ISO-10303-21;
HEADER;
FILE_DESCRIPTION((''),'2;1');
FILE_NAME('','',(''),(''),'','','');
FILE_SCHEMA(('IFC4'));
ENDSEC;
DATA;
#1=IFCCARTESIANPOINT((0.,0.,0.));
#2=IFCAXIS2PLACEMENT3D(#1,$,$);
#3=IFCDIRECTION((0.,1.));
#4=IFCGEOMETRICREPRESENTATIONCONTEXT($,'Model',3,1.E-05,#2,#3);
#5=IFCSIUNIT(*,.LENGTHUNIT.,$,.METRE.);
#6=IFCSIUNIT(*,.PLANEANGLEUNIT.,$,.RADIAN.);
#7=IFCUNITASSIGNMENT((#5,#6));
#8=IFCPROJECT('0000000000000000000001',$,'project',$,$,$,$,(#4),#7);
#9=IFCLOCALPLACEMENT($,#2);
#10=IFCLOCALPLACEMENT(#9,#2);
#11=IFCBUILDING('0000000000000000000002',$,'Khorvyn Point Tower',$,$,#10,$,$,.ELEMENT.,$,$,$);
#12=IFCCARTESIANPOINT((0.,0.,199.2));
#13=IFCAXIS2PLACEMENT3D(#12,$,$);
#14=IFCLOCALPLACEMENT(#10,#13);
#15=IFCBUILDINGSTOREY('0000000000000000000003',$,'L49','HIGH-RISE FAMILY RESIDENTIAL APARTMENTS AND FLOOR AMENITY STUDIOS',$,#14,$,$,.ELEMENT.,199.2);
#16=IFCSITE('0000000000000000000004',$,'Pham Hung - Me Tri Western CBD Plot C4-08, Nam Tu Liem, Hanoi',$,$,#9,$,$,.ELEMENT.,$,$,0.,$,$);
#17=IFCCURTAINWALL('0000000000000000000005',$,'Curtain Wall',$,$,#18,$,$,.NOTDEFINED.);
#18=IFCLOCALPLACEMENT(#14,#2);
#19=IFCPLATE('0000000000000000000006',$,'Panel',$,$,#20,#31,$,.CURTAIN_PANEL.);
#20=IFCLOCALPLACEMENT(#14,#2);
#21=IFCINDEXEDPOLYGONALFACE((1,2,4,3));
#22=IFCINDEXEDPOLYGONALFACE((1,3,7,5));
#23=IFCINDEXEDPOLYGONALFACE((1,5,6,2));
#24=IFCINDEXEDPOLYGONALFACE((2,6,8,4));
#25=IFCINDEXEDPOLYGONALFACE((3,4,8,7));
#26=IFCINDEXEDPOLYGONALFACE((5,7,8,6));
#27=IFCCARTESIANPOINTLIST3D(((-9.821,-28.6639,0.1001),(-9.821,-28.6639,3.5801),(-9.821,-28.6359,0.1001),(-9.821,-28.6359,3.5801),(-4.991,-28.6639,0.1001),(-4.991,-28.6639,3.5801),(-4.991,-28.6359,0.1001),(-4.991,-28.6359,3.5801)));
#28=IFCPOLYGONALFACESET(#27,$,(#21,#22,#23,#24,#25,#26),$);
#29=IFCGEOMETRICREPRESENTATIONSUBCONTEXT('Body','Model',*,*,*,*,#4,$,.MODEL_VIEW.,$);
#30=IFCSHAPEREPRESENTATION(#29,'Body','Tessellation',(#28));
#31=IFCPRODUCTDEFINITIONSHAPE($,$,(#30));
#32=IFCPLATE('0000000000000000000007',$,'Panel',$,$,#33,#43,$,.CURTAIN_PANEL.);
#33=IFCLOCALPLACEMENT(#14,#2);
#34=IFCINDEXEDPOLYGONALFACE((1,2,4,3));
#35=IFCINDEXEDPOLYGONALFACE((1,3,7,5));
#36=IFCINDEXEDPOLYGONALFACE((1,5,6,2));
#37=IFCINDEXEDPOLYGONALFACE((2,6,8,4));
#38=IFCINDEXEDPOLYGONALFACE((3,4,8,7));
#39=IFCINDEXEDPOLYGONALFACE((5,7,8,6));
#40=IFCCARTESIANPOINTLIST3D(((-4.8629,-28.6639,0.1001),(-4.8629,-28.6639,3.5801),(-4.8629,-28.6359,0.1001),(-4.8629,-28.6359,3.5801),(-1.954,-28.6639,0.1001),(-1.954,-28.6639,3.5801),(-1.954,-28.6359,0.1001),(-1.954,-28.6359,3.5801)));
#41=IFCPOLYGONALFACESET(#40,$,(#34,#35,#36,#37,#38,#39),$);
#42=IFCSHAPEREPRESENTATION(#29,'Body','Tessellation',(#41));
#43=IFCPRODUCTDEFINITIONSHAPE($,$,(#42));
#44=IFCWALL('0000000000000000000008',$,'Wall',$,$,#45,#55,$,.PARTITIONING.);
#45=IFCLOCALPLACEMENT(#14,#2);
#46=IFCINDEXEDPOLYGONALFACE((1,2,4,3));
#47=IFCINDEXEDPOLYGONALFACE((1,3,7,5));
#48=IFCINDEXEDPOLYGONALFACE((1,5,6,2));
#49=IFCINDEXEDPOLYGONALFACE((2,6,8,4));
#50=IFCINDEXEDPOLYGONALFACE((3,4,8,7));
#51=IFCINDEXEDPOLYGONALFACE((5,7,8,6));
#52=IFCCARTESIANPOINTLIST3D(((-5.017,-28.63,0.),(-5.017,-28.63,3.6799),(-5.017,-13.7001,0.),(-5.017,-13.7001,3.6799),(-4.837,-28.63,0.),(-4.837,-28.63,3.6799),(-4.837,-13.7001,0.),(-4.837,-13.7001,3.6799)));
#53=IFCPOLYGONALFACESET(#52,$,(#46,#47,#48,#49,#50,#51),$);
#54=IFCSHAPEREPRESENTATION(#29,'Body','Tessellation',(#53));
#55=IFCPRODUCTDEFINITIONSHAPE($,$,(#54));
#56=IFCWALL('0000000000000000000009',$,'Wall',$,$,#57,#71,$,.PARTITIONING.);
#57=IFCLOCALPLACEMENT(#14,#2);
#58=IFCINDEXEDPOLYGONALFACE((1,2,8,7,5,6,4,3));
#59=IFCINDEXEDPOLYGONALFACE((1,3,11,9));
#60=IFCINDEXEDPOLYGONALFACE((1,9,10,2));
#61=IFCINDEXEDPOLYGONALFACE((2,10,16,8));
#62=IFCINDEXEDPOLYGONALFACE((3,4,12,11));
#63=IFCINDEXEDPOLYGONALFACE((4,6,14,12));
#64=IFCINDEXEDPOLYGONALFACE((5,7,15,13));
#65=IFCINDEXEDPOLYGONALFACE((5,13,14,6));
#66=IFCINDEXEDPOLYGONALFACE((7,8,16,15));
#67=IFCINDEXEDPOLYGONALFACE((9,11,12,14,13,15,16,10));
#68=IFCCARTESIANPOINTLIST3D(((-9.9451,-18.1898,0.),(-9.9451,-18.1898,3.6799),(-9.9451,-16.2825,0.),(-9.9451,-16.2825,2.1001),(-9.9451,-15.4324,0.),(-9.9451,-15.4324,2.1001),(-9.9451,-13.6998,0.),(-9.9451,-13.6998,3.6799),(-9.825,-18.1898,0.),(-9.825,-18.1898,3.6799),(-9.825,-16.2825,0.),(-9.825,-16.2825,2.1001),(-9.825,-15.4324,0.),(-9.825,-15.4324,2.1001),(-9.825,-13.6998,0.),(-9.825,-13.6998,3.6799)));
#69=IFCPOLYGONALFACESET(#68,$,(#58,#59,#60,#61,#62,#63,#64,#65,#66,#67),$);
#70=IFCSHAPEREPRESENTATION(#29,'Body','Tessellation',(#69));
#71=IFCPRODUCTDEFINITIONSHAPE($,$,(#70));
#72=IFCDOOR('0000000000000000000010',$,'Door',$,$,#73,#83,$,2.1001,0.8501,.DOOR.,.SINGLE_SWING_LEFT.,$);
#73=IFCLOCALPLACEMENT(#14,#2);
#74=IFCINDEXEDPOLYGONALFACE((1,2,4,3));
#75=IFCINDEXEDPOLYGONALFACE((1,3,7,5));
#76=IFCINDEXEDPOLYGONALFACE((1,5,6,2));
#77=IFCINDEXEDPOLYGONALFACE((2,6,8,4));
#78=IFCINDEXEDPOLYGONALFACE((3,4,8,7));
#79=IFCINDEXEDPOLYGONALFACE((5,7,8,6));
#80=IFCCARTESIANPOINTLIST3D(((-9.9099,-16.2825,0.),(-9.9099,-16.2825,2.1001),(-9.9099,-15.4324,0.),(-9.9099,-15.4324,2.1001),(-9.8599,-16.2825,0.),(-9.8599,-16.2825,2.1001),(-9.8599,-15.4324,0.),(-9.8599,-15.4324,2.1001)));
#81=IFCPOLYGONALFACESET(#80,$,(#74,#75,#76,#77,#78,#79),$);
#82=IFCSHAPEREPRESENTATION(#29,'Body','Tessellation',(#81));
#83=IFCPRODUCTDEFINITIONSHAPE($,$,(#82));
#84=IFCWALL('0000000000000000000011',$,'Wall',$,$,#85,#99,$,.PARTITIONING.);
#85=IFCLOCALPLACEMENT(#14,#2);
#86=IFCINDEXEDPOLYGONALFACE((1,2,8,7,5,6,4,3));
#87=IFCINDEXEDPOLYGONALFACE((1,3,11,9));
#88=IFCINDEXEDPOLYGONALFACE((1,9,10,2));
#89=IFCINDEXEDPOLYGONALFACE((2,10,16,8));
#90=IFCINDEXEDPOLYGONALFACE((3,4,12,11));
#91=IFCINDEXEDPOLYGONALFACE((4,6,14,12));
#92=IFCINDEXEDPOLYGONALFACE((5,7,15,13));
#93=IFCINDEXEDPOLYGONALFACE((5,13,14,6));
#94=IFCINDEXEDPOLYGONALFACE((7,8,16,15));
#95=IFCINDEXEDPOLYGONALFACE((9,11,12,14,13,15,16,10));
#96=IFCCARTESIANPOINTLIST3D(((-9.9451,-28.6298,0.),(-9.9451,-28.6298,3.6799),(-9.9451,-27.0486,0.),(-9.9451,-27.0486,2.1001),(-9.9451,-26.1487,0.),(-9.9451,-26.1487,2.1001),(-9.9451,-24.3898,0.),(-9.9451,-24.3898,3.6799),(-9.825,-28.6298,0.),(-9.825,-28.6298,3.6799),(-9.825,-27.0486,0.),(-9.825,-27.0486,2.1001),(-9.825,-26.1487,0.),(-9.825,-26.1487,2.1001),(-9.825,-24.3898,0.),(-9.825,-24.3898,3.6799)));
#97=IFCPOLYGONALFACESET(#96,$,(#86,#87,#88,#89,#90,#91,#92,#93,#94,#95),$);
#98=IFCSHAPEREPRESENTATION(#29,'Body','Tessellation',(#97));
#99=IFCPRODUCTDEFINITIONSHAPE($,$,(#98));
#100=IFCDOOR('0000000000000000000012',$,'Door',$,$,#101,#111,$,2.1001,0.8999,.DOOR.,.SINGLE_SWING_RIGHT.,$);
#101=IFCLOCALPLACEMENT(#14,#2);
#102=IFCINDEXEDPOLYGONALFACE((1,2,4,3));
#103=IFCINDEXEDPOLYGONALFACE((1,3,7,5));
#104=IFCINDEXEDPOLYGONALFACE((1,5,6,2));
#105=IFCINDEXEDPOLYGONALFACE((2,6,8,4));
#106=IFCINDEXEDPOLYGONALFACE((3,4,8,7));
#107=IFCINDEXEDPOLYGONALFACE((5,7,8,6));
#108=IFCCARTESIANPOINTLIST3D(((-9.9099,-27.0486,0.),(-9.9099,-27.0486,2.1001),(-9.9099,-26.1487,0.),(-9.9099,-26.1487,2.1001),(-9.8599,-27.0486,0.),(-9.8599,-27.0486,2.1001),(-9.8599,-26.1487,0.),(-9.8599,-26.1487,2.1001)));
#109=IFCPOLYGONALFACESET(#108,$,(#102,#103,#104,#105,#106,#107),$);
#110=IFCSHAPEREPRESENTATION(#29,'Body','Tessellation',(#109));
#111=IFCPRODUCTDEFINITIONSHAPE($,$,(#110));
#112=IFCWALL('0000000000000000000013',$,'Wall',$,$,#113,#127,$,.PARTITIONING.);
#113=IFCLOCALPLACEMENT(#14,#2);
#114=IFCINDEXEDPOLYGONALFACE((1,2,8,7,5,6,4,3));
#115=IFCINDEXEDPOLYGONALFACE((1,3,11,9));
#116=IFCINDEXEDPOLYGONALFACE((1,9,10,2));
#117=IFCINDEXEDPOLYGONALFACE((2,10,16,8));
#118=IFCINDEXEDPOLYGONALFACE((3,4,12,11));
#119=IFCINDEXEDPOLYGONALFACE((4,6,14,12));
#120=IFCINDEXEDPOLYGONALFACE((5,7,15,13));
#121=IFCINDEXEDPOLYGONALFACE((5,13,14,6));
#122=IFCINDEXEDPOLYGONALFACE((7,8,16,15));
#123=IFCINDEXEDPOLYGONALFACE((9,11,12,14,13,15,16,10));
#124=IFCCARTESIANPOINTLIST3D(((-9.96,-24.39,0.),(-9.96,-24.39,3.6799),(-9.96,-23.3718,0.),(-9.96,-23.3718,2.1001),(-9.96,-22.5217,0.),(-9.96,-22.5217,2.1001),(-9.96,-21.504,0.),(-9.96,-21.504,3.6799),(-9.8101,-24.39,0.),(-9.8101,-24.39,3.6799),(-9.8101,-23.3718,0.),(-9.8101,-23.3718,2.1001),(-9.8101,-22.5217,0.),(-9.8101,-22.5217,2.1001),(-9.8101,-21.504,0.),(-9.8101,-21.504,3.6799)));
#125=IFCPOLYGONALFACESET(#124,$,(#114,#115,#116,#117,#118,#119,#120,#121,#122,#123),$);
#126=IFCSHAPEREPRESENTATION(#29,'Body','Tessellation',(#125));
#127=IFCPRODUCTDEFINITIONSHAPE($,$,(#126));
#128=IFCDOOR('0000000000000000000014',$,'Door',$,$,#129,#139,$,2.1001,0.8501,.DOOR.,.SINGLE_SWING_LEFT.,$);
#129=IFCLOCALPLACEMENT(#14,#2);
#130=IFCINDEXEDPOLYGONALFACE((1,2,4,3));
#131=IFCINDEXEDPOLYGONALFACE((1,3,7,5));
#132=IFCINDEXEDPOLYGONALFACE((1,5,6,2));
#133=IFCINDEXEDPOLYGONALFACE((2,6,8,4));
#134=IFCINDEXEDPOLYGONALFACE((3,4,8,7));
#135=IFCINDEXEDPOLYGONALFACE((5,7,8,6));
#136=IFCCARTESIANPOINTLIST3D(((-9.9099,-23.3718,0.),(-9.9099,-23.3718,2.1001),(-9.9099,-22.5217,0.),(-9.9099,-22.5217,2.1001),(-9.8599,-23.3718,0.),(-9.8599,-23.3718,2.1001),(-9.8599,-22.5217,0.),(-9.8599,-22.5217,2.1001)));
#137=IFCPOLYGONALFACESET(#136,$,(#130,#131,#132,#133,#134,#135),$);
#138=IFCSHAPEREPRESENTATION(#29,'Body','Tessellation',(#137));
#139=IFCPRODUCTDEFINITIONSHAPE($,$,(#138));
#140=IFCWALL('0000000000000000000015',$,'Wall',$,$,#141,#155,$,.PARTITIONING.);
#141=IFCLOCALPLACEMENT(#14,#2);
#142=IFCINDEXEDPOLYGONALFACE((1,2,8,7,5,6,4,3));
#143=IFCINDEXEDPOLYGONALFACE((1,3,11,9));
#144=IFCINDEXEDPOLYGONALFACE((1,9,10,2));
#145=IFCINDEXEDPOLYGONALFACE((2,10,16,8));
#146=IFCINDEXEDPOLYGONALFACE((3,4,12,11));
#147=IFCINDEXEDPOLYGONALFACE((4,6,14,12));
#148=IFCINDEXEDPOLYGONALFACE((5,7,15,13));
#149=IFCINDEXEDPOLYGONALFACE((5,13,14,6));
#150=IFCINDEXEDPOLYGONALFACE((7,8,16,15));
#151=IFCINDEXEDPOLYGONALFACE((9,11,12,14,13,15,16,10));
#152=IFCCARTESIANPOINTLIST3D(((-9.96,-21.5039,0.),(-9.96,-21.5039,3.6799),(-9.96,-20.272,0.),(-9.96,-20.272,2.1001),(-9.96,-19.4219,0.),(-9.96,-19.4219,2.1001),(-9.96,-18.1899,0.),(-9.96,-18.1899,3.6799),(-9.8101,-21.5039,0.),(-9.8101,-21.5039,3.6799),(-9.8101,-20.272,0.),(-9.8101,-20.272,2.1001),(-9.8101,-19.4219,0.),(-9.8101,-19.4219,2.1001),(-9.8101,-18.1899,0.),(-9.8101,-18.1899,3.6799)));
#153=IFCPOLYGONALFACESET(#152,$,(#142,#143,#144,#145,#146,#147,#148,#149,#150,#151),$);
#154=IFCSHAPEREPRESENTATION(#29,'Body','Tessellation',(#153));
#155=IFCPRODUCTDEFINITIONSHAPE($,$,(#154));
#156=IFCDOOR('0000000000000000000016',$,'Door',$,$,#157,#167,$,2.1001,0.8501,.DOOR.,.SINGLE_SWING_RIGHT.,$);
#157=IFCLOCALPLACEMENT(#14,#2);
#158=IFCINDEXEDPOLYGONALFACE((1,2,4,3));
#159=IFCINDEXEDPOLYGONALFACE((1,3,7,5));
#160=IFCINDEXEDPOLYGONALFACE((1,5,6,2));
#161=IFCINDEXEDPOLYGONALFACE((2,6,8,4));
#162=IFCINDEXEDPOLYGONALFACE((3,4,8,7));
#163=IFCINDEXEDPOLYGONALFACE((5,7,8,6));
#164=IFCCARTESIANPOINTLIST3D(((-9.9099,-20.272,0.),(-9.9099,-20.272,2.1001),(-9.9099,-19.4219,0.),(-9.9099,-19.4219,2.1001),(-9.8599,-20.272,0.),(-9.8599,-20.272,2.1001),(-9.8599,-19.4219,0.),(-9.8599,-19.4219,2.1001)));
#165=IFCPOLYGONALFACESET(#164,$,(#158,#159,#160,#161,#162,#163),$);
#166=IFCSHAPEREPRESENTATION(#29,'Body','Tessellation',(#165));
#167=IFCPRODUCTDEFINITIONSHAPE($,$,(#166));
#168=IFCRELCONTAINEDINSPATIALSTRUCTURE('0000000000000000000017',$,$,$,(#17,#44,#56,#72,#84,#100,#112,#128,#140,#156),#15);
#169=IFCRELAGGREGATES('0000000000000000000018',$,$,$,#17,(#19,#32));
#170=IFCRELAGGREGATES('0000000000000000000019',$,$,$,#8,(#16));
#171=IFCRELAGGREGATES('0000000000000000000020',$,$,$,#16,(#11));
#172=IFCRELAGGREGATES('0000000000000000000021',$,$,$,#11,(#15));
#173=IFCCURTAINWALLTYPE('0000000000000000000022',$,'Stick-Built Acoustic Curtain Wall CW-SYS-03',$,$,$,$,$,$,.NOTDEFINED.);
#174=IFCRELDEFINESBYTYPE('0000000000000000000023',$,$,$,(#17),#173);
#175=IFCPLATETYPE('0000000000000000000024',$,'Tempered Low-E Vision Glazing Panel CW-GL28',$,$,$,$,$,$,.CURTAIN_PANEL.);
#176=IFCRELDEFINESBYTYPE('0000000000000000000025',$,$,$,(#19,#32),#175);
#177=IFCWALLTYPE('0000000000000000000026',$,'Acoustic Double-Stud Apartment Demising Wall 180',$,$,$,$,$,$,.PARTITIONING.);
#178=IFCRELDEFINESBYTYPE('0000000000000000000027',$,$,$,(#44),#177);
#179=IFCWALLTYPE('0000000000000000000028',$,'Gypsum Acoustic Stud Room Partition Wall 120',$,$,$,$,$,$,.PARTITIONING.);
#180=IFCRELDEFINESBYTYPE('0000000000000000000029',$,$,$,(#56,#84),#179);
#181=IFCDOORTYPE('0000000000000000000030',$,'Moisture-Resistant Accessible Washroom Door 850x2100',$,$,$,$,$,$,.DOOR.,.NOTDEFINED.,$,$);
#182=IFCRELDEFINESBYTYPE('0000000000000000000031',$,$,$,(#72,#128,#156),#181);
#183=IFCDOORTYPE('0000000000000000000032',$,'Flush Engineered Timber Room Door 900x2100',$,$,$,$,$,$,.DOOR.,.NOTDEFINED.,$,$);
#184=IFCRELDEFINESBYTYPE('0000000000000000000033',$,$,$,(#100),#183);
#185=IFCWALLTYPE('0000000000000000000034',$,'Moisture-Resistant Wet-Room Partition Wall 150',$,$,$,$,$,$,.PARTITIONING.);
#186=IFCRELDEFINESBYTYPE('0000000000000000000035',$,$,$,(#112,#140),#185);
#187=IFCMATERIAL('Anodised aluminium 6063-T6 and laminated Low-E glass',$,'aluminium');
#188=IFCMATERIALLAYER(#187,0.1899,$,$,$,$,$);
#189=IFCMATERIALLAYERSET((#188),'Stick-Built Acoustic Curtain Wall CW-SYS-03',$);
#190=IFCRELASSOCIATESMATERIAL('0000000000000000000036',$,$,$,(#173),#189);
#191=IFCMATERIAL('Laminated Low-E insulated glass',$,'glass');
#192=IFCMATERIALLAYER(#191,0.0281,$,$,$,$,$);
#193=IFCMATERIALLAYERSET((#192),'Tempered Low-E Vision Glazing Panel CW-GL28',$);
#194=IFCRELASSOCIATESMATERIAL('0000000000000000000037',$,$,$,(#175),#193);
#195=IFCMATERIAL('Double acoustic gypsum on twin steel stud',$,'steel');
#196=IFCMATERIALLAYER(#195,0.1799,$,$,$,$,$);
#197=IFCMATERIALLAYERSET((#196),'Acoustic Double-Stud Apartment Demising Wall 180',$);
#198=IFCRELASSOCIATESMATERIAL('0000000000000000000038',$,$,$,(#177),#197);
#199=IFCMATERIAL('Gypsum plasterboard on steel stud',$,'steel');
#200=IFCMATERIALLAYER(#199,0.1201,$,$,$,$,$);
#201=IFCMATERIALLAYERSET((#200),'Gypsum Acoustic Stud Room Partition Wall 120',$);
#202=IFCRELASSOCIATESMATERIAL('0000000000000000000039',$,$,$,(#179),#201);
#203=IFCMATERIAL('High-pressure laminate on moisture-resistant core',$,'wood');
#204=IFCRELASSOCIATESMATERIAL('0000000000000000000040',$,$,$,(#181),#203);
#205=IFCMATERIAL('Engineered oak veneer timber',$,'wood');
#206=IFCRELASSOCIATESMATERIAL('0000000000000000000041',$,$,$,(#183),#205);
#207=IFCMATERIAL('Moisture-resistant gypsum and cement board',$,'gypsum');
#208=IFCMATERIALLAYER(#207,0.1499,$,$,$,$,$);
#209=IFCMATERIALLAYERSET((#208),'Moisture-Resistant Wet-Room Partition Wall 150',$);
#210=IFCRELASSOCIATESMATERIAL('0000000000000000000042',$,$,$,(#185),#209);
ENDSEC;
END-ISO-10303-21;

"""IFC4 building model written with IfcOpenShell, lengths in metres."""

from ifc_helpers import new_model, si_unit, direction, frame, frame_2d, origin, origin_2d, place, context, subcontext, project, spatial, rectangle, extrude, material, layer, layer_set, type_object, element, fill, aggregate, save


model = new_model("IFC4")

# Units and contexts
model_context = context("Model", 3, precision=1e-05, world=origin(), true_north=direction((0.0, 1.0)))
body_context = subcontext(model_context, "Body", "Model", "MODEL_VIEW")
ifc_project = project(units=[si_unit("LENGTHUNIT", "METRE"), si_unit("PLANEANGLEUNIT", "RADIAN")], contexts=[model_context])

# Site, building, storey
site_placement = place(None, origin())
site = spatial("IfcSite", under=ifc_project, at=site_placement, Name="Pham Hung - Me Tri Western CBD Plot C4-08, Nam Tu Liem, Hanoi", CompositionType="ELEMENT", RefElevation=0.0)
building_placement = place(site_placement, origin())
building = spatial("IfcBuilding", under=site, at=building_placement, Name="Khorvyn Point Tower", CompositionType="ELEMENT")
storey_placement = place(building_placement, frame((0.0, 0.0, 199.2)))
storey = spatial("IfcBuildingStorey", under=building, at=storey_placement, Name="L49", Description="HIGH-RISE FAMILY RESIDENTIAL APARTMENTS AND FLOOR AMENITY STUDIOS", CompositionType="ELEMENT", Elevation=199.2)

# Curtain wall
ifc_material_1 = material(Name="Anodised aluminium 6063-T6 and laminated Low-E glass", Category="aluminium")
ifc_layer_1 = layer(ifc_material_1, 0.1899)
ifc_layer_set_1 = layer_set([ifc_layer_1], Name="Stick-Built Acoustic Curtain Wall CW-SYS-03")
curtain_wall_type = type_object("IfcCurtainWallType", Name="Stick-Built Acoustic Curtain Wall CW-SYS-03", PredefinedType="NOTDEFINED", material=ifc_layer_set_1)
curtain_wall_placement = place(storey_placement, origin())
curtain_wall = element("IfcCurtainWall", 1, at=curtain_wall_placement, inside=storey, type_object=curtain_wall_type, Name="Curtain Wall", PredefinedType="NOTDEFINED")

# Plates
ifc_material_2 = material(Name="Laminated Low-E insulated glass", Category="glass")
ifc_layer_2 = layer(ifc_material_2, 0.0281)
ifc_layer_set_2 = layer_set([ifc_layer_2], Name="Tempered Low-E Vision Glazing Panel CW-GL28")
plate_type = type_object("IfcPlateType", Name="Tempered Low-E Vision Glazing Panel CW-GL28", PredefinedType="CURTAIN_PANEL", material=ifc_layer_set_2)
plate_1_placement = place(storey_placement, frame((-7.406, -28.6499, 0.1001), z_axis=(0.0, 0.0, 1.0), x_axis=(-1.0, 0.0, 0.0)))
plate_1 = element("IfcPlate", 2, at=plate_1_placement, type_object=plate_type, Name="Panel", PredefinedType="CURTAIN_PANEL", context=body_context, shape_type="SweptSolid", body=[
    extrude(rectangle(XDim=4.8301, YDim=0.0281, at=origin_2d()), origin(), (0.0, 0.0, 1.0), 3.48),
])
plate_2_placement = place(storey_placement, frame((-3.4084, -28.6499, 0.1001), z_axis=(0.0, 0.0, 1.0), x_axis=(-1.0, 0.0, 0.0)))
plate_2 = element("IfcPlate", 3, at=plate_2_placement, type_object=plate_type, Name="Panel", PredefinedType="CURTAIN_PANEL", context=body_context, shape_type="SweptSolid", body=[
    extrude(rectangle(XDim=2.9089, YDim=0.0281, at=origin_2d()), origin(), (0.0, 0.0, 1.0), 3.48),
])
aggregate(curtain_wall, [plate_1, plate_2])

# Wall
ifc_material_3 = material(Name="Double acoustic gypsum on twin steel stud", Category="steel")
ifc_layer_3 = layer(ifc_material_3, 0.1799)
ifc_layer_set_3 = layer_set([ifc_layer_3], Name="Acoustic Double-Stud Apartment Demising Wall 180")
wall_type_1 = type_object("IfcWallType", Name="Acoustic Double-Stud Apartment Demising Wall 180", PredefinedType="PARTITIONING", material=ifc_layer_set_3)
wall_1_placement = place(storey_placement, frame((-4.927, -28.6299, 0.0), z_axis=(0.0, 0.0, 1.0), x_axis=(0.0, 1.0, 0.0)))
element("IfcWall", 4, at=wall_1_placement, inside=storey, type_object=wall_type_1, Name="Wall", PredefinedType="PARTITIONING", context=body_context, shape_type="SweptSolid", body=[
    extrude(rectangle(XDim=14.9299, YDim=0.1799, at=frame_2d((7.4648, 0.0))), origin(), (0.0, 0.0, 1.0), 3.6799),
])

# Walls, openings, doors
ifc_material_4 = material(Name="Gypsum plasterboard on steel stud", Category="steel")
ifc_layer_4 = layer(ifc_material_4, 0.1201)
ifc_layer_set_4 = layer_set([ifc_layer_4], Name="Gypsum Acoustic Stud Room Partition Wall 120")
wall_type_2 = type_object("IfcWallType", Name="Gypsum Acoustic Stud Room Partition Wall 120", PredefinedType="PARTITIONING", material=ifc_layer_set_4)
wall_2_placement = place(storey_placement, frame((-9.885, -18.1899, 0.0), z_axis=(0.0, 0.0, 1.0), x_axis=(0.0, 1.0, 0.0)))
wall_2 = element("IfcWall", 5, at=wall_2_placement, inside=storey, type_object=wall_type_2, Name="Wall", PredefinedType="PARTITIONING", context=body_context, shape_type="SweptSolid", body=[
    extrude(rectangle(XDim=4.49, YDim=0.1201, at=frame_2d((2.2451, 0.0))), origin(), (0.0, 0.0, 1.0), 3.6799),
])
opening_1_placement = place(wall_2_placement, frame((1.9075, 0.0, 0.0)))
opening_1 = element("IfcOpeningElement", 6, at=opening_1_placement, cuts=wall_2, PredefinedType="OPENING", context=body_context, shape_type="SweptSolid", body=[
    extrude(rectangle(XDim=0.8501, YDim=2.1001, at=frame_2d((0.425, 1.05))), frame((0.0, 0.0701, 0.0), z_axis=(0.0, -1.0, 0.0), x_axis=(1.0, 0.0, 0.0)), (0.0, 0.0, 1.0), 0.1401),
])
ifc_material_5 = material(Name="High-pressure laminate on moisture-resistant core", Category="wood")
door_type_1 = type_object("IfcDoorType", Name="Moisture-Resistant Accessible Washroom Door 850x2100", OperationType="NOTDEFINED", PredefinedType="DOOR", material=ifc_material_5)
door_1_placement = place(opening_1_placement, origin())
door_1 = element("IfcDoor", 7, at=door_1_placement, inside=storey, type_object=door_type_1, Name="Door", OperationType="SINGLE_SWING_LEFT", OverallHeight=2.1001, OverallWidth=0.8501, PredefinedType="DOOR", context=body_context, shape_type="SweptSolid", body=[
    extrude(rectangle(XDim=0.8501, YDim=2.1001, at=frame_2d((0.425, 1.05))), frame((0.0, 0.0249, 0.0), z_axis=(0.0, -1.0, 0.0), x_axis=(1.0, 0.0, 0.0)), (0.0, 0.0, 1.0), 0.05),
])
fill(opening_1, door_1)
wall_3_placement = place(storey_placement, frame((-9.885, -28.6299, 0.0), z_axis=(0.0, 0.0, 1.0), x_axis=(0.0, 1.0, 0.0)))
wall_3 = element("IfcWall", 8, at=wall_3_placement, inside=storey, type_object=wall_type_2, Name="Wall", PredefinedType="PARTITIONING", context=body_context, shape_type="SweptSolid", body=[
    extrude(rectangle(XDim=4.24, YDim=0.1201, at=frame_2d((2.1201, 0.0))), origin(), (0.0, 0.0, 1.0), 3.6799),
])
opening_2_placement = place(wall_3_placement, frame((1.5813, 0.0, 0.0)))
opening_2 = element("IfcOpeningElement", 9, at=opening_2_placement, cuts=wall_3, PredefinedType="OPENING", context=body_context, shape_type="SweptSolid", body=[
    extrude(rectangle(XDim=0.8999, YDim=2.1001, at=frame_2d((0.45, 1.05))), frame((0.0, 0.0701, 0.0), z_axis=(0.0, -1.0, 0.0), x_axis=(1.0, 0.0, 0.0)), (0.0, 0.0, 1.0), 0.1401),
])
ifc_material_6 = material(Name="Engineered oak veneer timber", Category="wood")
door_type_2 = type_object("IfcDoorType", Name="Flush Engineered Timber Room Door 900x2100", OperationType="NOTDEFINED", PredefinedType="DOOR", material=ifc_material_6)
door_2_placement = place(opening_2_placement, origin())
door_2 = element("IfcDoor", 10, at=door_2_placement, inside=storey, type_object=door_type_2, Name="Door", OperationType="SINGLE_SWING_RIGHT", OverallHeight=2.1001, OverallWidth=0.8999, PredefinedType="DOOR", context=body_context, shape_type="SweptSolid", body=[
    extrude(rectangle(XDim=0.8999, YDim=2.1001, at=frame_2d((0.45, 1.05))), frame((0.0, 0.0249, 0.0), z_axis=(0.0, -1.0, 0.0), x_axis=(1.0, 0.0, 0.0)), (0.0, 0.0, 1.0), 0.05),
])
fill(opening_2, door_2)
ifc_material_7 = material(Name="Moisture-resistant gypsum and cement board", Category="gypsum")
ifc_layer_5 = layer(ifc_material_7, 0.1499)
ifc_layer_set_5 = layer_set([ifc_layer_5], Name="Moisture-Resistant Wet-Room Partition Wall 150")
wall_type_3 = type_object("IfcWallType", Name="Moisture-Resistant Wet-Room Partition Wall 150", PredefinedType="PARTITIONING", material=ifc_layer_set_5)
wall_4_placement = place(storey_placement, frame((-9.885, -24.3899, 0.0), z_axis=(0.0, 0.0, 1.0), x_axis=(0.0, 1.0, 0.0)))
wall_4 = element("IfcWall", 11, at=wall_4_placement, inside=storey, type_object=wall_type_3, Name="Wall", PredefinedType="PARTITIONING", context=body_context, shape_type="SweptSolid", body=[
    extrude(rectangle(XDim=2.886, YDim=0.1499, at=frame_2d((1.4429, 0.0))), origin(), (0.0, 0.0, 1.0), 3.6799),
])
opening_3_placement = place(wall_4_placement, frame((1.0181, 0.0, 0.0)))
opening_3 = element("IfcOpeningElement", 12, at=opening_3_placement, cuts=wall_4, PredefinedType="OPENING", context=body_context, shape_type="SweptSolid", body=[
    extrude(rectangle(XDim=0.8501, YDim=2.1001, at=frame_2d((0.425, 1.05))), frame((0.0, 0.085, 0.0), z_axis=(0.0, -1.0, 0.0), x_axis=(1.0, 0.0, 0.0)), (0.0, 0.0, 1.0), 0.1699),
])
door_3_placement = place(opening_3_placement, origin())
door_3 = element("IfcDoor", 13, at=door_3_placement, inside=storey, type_object=door_type_1, Name="Door", OperationType="SINGLE_SWING_LEFT", OverallHeight=2.1001, OverallWidth=0.8501, PredefinedType="DOOR", context=body_context, shape_type="SweptSolid", body=[
    extrude(rectangle(XDim=0.8501, YDim=2.1001, at=frame_2d((0.425, 1.05))), frame((0.0, 0.0249, 0.0), z_axis=(0.0, -1.0, 0.0), x_axis=(1.0, 0.0, 0.0)), (0.0, 0.0, 1.0), 0.05),
])
fill(opening_3, door_3)
wall_5_placement = place(storey_placement, frame((-9.885, -21.5039, 0.0), z_axis=(0.0, 0.0, 1.0), x_axis=(0.0, 1.0, 0.0)))
wall_5 = element("IfcWall", 14, at=wall_5_placement, inside=storey, type_object=wall_type_3, Name="Wall", PredefinedType="PARTITIONING", context=body_context, shape_type="SweptSolid", body=[
    extrude(rectangle(XDim=3.314, YDim=0.1499, at=frame_2d((1.657, 0.0))), origin(), (0.0, 0.0, 1.0), 3.6799),
])
opening_4_placement = place(wall_5_placement, frame((1.2319, 0.0, 0.0)))
opening_4 = element("IfcOpeningElement", 15, at=opening_4_placement, cuts=wall_5, PredefinedType="OPENING", context=body_context, shape_type="SweptSolid", body=[
    extrude(rectangle(XDim=0.8501, YDim=2.1001, at=frame_2d((0.425, 1.05))), frame((0.0, 0.085, 0.0), z_axis=(0.0, -1.0, 0.0), x_axis=(1.0, 0.0, 0.0)), (0.0, 0.0, 1.0), 0.1699),
])
door_4_placement = place(opening_4_placement, origin())
door_4 = element("IfcDoor", 16, at=door_4_placement, inside=storey, type_object=door_type_1, Name="Door", OperationType="SINGLE_SWING_RIGHT", OverallHeight=2.1001, OverallWidth=0.8501, PredefinedType="DOOR", context=body_context, shape_type="SweptSolid", body=[
    extrude(rectangle(XDim=0.8501, YDim=2.1001, at=frame_2d((0.425, 1.05))), frame((0.0, 0.0249, 0.0), z_axis=(0.0, -1.0, 0.0), x_axis=(1.0, 0.0, 0.0)), (0.0, 0.0, 1.0), 0.05),
])
fill(opening_4, door_4)

save(model, "model.ifc")
